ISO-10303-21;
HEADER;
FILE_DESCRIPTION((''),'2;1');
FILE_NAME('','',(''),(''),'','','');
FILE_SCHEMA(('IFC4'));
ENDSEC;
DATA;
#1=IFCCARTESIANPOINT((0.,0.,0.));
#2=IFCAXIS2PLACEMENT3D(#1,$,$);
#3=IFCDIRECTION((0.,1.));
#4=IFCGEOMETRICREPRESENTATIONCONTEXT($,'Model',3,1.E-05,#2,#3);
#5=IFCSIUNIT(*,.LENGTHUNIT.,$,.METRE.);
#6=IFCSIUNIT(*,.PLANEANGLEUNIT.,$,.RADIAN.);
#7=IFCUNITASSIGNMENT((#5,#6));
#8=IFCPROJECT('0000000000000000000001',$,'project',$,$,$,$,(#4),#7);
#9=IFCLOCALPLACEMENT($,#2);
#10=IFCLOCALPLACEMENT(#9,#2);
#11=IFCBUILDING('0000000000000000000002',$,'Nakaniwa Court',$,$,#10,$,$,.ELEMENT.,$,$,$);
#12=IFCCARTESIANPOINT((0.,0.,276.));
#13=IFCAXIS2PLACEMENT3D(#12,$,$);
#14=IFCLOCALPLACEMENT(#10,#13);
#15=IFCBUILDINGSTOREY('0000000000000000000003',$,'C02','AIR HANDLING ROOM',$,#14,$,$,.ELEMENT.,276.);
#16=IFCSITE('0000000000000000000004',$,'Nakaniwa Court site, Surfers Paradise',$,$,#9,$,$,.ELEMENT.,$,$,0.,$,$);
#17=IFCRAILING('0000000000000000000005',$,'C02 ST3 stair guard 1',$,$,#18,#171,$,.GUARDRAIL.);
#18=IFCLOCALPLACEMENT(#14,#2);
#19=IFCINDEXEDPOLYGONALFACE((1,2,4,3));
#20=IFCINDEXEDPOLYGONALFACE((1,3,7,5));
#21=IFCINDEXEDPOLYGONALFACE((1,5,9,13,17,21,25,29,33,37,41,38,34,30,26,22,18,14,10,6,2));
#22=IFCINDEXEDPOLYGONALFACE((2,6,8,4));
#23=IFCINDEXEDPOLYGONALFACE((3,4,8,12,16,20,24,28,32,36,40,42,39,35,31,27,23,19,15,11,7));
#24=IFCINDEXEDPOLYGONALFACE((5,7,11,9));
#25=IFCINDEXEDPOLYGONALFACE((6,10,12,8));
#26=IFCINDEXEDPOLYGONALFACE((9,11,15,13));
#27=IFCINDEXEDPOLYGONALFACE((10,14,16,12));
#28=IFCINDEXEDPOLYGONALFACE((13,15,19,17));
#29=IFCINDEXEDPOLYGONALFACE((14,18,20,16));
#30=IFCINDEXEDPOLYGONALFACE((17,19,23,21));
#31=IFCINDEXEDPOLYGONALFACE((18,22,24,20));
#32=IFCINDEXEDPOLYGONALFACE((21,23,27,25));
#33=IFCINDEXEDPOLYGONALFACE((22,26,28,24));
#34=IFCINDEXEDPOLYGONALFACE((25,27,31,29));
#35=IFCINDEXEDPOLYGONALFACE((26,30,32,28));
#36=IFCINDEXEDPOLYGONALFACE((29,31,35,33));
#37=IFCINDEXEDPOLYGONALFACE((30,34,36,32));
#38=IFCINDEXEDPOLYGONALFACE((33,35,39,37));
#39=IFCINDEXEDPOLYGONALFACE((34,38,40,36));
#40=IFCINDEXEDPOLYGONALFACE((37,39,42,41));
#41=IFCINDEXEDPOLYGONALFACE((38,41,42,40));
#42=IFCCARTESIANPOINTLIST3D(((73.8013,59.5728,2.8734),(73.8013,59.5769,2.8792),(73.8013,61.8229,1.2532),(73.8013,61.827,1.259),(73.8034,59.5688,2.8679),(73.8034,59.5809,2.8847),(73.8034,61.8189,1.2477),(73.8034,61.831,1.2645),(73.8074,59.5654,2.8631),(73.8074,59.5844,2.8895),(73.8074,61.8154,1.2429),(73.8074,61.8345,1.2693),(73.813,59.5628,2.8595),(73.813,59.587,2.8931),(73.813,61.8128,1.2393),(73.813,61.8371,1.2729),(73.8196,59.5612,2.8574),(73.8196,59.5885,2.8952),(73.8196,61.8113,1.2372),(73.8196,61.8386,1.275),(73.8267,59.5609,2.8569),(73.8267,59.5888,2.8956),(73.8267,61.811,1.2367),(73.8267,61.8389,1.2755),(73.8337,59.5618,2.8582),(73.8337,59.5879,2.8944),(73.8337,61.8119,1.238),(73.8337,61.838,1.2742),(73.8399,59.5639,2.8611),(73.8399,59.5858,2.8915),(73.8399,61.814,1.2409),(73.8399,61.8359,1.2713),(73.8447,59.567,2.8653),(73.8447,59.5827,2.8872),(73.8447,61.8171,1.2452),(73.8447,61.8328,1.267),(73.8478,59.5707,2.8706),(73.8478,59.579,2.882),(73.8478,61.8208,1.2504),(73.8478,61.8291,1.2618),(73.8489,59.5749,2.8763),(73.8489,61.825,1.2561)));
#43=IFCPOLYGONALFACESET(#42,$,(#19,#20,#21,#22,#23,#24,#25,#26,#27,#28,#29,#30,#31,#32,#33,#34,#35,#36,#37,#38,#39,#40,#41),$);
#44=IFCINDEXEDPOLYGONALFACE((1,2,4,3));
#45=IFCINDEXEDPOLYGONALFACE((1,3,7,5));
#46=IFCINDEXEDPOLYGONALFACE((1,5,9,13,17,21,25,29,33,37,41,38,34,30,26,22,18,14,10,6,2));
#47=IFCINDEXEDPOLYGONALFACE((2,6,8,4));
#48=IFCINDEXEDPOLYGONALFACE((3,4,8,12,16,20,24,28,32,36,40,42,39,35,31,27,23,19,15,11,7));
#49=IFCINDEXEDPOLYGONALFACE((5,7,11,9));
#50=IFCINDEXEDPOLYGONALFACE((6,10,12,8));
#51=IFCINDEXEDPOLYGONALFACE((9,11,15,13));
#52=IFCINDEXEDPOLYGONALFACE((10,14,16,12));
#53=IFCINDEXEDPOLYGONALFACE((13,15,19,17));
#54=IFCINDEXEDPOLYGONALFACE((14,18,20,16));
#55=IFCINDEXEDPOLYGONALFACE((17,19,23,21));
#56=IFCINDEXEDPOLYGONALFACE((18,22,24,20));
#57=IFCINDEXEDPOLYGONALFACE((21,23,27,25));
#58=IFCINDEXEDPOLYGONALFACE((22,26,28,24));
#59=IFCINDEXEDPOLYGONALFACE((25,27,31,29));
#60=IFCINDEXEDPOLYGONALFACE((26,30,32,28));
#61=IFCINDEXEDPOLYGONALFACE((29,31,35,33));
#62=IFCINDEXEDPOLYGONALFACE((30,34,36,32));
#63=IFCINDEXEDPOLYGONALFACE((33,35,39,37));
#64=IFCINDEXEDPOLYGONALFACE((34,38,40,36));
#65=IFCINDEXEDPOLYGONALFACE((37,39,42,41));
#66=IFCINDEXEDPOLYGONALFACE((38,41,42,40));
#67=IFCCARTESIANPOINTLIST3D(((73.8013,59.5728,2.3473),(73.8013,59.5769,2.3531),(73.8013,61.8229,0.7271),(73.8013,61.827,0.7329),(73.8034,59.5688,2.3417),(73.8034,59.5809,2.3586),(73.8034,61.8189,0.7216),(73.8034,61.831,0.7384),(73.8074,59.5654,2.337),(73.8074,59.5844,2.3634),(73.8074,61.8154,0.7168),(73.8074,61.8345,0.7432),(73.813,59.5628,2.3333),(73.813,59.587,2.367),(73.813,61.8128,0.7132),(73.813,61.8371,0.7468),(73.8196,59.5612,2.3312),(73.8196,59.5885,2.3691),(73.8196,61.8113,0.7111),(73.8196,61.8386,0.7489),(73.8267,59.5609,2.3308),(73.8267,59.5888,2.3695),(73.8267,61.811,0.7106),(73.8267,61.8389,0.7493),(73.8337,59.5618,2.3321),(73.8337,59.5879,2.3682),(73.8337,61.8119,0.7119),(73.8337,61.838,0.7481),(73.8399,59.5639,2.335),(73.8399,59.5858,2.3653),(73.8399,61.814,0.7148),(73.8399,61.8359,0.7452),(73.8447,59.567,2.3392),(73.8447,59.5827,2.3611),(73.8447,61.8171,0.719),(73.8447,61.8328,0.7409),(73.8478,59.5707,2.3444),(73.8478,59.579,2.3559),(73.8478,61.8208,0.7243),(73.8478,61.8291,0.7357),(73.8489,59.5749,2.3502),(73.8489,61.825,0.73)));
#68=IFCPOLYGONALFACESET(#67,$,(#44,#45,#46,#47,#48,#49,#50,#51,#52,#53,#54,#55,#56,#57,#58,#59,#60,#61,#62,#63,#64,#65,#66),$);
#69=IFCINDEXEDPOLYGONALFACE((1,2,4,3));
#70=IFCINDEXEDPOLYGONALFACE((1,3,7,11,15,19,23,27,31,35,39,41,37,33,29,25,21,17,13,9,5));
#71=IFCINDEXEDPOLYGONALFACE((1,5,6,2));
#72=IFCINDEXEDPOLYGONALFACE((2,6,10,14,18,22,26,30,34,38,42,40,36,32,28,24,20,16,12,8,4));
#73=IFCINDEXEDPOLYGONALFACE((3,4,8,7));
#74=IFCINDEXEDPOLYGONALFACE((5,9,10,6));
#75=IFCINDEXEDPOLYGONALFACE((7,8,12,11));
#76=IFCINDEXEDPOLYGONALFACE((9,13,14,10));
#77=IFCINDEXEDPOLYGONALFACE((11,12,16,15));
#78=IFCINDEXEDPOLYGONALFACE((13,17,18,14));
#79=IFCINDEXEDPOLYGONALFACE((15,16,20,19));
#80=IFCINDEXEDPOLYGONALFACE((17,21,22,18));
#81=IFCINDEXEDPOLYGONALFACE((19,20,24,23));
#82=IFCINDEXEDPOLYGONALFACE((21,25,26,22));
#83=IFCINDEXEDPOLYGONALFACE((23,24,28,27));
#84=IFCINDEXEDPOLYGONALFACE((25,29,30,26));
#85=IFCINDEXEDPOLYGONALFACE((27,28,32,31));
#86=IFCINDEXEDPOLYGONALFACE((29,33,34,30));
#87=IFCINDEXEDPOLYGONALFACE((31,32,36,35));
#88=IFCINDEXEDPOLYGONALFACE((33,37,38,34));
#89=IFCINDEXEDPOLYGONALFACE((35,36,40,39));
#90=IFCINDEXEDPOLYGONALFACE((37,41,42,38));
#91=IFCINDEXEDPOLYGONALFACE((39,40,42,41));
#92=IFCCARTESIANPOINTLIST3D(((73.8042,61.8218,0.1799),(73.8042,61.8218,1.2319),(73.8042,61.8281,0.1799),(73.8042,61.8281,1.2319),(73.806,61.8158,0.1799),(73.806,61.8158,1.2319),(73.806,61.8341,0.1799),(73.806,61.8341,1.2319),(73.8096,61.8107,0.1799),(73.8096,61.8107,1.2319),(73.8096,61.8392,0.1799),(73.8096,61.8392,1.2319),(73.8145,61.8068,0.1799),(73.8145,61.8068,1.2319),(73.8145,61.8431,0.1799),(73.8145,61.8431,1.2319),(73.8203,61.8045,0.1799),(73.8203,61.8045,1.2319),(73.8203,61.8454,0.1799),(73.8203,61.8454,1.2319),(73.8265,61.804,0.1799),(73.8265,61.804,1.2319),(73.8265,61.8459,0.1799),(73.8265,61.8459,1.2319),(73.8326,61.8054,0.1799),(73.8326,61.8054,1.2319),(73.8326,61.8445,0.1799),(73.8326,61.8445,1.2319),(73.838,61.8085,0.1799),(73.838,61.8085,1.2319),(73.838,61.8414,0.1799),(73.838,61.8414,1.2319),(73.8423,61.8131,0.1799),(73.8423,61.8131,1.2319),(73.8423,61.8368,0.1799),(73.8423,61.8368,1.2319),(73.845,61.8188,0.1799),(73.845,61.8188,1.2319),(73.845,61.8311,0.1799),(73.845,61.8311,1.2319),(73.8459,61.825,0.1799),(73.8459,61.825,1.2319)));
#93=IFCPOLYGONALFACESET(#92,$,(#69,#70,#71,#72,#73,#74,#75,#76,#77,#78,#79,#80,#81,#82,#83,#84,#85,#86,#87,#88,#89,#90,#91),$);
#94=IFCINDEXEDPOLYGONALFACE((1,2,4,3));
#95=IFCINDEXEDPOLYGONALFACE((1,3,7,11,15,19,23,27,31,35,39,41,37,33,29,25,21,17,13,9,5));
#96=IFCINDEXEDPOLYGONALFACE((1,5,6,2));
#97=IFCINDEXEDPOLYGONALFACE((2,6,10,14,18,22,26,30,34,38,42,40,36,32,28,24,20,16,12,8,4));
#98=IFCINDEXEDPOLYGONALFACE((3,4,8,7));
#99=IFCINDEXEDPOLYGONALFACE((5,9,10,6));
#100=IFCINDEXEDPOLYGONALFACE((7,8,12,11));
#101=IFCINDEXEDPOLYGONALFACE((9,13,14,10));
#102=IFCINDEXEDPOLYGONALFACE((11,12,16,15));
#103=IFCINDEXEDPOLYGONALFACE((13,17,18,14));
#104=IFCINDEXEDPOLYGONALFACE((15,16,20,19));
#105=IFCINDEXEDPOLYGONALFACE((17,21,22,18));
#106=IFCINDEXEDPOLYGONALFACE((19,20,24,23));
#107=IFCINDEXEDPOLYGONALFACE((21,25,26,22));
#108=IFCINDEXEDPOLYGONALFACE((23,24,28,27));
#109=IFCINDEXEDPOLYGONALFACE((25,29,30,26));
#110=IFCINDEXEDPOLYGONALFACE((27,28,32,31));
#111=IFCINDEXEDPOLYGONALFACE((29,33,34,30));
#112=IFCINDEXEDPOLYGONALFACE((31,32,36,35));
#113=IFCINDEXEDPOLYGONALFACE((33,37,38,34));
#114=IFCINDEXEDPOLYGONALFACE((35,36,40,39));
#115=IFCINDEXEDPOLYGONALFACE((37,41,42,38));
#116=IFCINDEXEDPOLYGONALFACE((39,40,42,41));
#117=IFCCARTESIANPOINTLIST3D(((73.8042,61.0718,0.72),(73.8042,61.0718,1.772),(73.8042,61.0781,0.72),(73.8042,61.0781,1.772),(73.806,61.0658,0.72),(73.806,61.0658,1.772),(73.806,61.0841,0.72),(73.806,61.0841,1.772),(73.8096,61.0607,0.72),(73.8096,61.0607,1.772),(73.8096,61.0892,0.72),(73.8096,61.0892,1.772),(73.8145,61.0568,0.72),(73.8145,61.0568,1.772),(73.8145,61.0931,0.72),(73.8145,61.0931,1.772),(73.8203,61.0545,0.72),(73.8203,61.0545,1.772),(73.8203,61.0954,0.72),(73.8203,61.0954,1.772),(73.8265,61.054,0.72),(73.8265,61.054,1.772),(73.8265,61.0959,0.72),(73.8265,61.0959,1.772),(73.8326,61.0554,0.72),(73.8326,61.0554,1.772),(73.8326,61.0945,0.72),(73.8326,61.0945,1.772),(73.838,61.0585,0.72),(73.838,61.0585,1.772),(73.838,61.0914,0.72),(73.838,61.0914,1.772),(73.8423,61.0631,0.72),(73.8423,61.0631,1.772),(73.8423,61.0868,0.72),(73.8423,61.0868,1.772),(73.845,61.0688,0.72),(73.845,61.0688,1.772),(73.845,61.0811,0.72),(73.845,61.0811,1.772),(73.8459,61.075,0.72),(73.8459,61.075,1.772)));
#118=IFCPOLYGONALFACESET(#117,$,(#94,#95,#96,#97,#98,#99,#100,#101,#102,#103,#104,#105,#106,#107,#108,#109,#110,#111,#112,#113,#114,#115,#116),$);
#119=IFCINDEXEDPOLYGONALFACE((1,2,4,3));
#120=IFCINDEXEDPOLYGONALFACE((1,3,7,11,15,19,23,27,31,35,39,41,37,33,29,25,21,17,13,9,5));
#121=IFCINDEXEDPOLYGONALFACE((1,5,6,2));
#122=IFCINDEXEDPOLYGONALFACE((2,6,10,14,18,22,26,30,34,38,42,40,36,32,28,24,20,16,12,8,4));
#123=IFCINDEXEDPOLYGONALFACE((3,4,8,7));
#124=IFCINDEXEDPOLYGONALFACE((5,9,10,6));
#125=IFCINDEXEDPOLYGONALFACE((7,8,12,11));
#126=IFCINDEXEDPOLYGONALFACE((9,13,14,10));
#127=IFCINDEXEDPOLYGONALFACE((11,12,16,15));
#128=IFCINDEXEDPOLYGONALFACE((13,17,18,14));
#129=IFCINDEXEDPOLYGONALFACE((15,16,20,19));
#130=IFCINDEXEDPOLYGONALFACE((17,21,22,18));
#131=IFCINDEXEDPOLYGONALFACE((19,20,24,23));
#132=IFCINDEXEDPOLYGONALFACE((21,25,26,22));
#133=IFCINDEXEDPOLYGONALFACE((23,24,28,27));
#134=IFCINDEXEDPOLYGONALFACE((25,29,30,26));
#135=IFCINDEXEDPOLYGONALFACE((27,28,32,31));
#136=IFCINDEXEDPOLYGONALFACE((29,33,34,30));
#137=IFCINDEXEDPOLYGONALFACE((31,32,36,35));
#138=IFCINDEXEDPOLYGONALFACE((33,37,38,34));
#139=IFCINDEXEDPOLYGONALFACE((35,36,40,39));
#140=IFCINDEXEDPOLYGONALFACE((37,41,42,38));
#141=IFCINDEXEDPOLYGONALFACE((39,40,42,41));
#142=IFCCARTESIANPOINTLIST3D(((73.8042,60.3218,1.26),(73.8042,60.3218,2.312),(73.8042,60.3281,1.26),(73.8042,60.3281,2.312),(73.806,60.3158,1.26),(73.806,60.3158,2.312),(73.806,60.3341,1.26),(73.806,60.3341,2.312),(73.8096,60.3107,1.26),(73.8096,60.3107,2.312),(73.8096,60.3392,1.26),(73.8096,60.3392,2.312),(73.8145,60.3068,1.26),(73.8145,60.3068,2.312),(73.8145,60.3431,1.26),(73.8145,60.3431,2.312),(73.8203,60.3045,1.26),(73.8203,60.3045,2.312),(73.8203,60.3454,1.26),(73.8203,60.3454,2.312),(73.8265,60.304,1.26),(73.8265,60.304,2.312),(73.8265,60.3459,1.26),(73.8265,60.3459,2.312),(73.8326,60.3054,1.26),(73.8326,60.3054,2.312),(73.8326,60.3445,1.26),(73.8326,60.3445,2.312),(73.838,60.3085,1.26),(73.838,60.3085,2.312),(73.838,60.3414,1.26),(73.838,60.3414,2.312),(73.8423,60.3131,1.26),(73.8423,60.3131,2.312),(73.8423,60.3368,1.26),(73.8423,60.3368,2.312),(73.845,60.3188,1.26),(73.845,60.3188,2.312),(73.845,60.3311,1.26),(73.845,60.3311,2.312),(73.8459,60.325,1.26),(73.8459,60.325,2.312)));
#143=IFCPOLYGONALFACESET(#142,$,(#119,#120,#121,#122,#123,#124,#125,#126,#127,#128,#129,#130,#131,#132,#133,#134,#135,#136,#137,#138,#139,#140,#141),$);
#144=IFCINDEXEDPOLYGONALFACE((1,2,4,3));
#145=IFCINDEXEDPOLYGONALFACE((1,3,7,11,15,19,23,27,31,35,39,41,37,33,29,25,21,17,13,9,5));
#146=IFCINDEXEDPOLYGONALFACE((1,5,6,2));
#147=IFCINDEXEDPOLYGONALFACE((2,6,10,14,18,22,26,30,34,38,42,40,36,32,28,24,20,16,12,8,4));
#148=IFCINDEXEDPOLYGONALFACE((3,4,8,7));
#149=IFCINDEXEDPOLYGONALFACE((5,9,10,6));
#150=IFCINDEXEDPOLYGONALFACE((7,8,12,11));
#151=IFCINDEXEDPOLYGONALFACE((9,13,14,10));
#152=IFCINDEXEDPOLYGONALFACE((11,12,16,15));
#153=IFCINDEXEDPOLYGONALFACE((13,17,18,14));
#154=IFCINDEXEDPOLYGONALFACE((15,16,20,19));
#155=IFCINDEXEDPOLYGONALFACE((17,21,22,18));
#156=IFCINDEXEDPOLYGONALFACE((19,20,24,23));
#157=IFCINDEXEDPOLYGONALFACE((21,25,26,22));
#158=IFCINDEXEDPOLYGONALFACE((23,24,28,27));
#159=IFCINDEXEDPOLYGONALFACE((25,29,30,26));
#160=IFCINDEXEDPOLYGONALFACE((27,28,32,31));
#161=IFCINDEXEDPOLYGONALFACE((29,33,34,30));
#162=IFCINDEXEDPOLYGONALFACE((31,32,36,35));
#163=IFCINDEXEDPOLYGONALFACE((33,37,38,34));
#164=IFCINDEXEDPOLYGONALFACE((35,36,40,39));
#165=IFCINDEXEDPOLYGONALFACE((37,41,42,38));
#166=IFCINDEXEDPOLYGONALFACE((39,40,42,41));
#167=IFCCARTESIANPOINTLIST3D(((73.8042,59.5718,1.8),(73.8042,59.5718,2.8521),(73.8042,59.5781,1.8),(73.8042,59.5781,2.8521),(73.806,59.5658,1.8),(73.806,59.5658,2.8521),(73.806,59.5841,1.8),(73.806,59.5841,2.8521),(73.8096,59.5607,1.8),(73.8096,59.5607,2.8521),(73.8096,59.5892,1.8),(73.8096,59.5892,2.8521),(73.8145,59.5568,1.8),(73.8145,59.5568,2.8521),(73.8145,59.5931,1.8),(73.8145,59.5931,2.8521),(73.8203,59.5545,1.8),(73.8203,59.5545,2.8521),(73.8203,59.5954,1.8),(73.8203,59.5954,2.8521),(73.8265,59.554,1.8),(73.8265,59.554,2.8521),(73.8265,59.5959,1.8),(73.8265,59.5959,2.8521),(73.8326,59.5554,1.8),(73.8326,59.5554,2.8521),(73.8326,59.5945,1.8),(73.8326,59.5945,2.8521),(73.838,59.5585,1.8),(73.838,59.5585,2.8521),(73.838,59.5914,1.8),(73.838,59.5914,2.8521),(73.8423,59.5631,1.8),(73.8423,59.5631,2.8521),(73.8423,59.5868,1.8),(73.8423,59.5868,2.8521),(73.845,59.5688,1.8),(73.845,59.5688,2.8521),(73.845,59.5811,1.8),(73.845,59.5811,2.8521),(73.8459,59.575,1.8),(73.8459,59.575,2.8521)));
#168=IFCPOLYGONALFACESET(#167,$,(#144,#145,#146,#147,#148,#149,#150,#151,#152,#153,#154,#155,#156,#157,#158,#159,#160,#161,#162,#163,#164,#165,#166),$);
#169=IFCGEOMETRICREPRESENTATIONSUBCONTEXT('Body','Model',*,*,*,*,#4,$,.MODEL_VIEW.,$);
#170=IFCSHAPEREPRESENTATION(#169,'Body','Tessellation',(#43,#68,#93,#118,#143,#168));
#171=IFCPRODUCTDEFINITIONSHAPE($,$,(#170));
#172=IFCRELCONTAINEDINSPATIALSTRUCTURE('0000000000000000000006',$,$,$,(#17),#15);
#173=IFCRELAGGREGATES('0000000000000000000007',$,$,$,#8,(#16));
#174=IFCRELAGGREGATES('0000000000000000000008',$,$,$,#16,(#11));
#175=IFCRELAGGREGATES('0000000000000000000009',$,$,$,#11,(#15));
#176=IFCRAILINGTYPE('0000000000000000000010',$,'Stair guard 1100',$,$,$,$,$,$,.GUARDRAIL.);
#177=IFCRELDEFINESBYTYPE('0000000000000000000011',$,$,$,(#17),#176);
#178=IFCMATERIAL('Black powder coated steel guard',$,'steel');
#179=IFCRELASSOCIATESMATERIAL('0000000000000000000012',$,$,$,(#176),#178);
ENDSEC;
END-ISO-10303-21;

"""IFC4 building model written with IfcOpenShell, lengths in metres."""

from ifc_helpers import new_model, si_unit, direction, frame, origin, origin_2d, place, context, subcontext, project, spatial, circle, extrude, material, type_object, element, save


model = new_model("IFC4")

# Units and contexts
model_context = context("Model", 3, precision=1e-05, world=origin(), true_north=direction((0.0, 1.0)))
body_context = subcontext(model_context, "Body", "Model", "MODEL_VIEW")
ifc_project = project(units=[si_unit("LENGTHUNIT", "METRE"), si_unit("PLANEANGLEUNIT", "RADIAN")], contexts=[model_context])

# Site, building, storey
site_placement = place(None, origin())
site = spatial("IfcSite", under=ifc_project, at=site_placement, Name="Nakaniwa Court site, Surfers Paradise", CompositionType="ELEMENT", RefElevation=0.0)
building_placement = place(site_placement, origin())
building = spatial("IfcBuilding", under=site, at=building_placement, Name="Nakaniwa Court", CompositionType="ELEMENT")
storey_placement = place(building_placement, frame((0.0, 0.0, 276.0)))
storey = spatial("IfcBuildingStorey", under=building, at=storey_placement, Name="C02", Description="AIR HANDLING ROOM", CompositionType="ELEMENT", Elevation=276.0)

# Railing
ifc_material_1 = material(Name="Black powder coated steel guard", Category="steel")
railing_type = type_object("IfcRailingType", Name="Stair guard 1100", PredefinedType="GUARDRAIL", material=ifc_material_1)
railing_1_placement = place(storey_placement, frame((73.825, 61.825, 0.1799)))
element("IfcRailing", 1, at=railing_1_placement, inside=storey, type_object=railing_type, Name="C02 ST3 stair guard 1", PredefinedType="GUARDRAIL", context=body_context, shape_type="SweptSolid", body=[
    extrude(circle(Radius=0.0239, at=origin_2d()), frame((0.0, 0.0, 1.0762), z_axis=(0.0, -0.811514, 0.584333), x_axis=(1.0, 0.0, 0.0)), (0.0, 0.0, 1.0), 2.7727),
    extrude(circle(Radius=0.0239, at=origin_2d()), frame((0.0, 0.0, 0.55), z_axis=(0.0, -0.811514, 0.584333), x_axis=(1.0, 0.0, 0.0)), (0.0, 0.0, 1.0), 2.7727),
    extrude(circle(Radius=0.021, at=origin_2d()), origin(), (0.0, 0.0, 1.0), 1.052),
    extrude(circle(Radius=0.021, at=origin_2d()), frame((0.0, -0.75, 0.54)), (0.0, 0.0, 1.0), 1.052),
    extrude(circle(Radius=0.021, at=origin_2d()), frame((0.0, -1.5, 1.0801)), (0.0, 0.0, 1.0), 1.052),
    extrude(circle(Radius=0.021, at=origin_2d()), frame((0.0, -2.25, 1.6201)), (0.0, 0.0, 1.0), 1.052),
])

save(model, "model.ifc")
